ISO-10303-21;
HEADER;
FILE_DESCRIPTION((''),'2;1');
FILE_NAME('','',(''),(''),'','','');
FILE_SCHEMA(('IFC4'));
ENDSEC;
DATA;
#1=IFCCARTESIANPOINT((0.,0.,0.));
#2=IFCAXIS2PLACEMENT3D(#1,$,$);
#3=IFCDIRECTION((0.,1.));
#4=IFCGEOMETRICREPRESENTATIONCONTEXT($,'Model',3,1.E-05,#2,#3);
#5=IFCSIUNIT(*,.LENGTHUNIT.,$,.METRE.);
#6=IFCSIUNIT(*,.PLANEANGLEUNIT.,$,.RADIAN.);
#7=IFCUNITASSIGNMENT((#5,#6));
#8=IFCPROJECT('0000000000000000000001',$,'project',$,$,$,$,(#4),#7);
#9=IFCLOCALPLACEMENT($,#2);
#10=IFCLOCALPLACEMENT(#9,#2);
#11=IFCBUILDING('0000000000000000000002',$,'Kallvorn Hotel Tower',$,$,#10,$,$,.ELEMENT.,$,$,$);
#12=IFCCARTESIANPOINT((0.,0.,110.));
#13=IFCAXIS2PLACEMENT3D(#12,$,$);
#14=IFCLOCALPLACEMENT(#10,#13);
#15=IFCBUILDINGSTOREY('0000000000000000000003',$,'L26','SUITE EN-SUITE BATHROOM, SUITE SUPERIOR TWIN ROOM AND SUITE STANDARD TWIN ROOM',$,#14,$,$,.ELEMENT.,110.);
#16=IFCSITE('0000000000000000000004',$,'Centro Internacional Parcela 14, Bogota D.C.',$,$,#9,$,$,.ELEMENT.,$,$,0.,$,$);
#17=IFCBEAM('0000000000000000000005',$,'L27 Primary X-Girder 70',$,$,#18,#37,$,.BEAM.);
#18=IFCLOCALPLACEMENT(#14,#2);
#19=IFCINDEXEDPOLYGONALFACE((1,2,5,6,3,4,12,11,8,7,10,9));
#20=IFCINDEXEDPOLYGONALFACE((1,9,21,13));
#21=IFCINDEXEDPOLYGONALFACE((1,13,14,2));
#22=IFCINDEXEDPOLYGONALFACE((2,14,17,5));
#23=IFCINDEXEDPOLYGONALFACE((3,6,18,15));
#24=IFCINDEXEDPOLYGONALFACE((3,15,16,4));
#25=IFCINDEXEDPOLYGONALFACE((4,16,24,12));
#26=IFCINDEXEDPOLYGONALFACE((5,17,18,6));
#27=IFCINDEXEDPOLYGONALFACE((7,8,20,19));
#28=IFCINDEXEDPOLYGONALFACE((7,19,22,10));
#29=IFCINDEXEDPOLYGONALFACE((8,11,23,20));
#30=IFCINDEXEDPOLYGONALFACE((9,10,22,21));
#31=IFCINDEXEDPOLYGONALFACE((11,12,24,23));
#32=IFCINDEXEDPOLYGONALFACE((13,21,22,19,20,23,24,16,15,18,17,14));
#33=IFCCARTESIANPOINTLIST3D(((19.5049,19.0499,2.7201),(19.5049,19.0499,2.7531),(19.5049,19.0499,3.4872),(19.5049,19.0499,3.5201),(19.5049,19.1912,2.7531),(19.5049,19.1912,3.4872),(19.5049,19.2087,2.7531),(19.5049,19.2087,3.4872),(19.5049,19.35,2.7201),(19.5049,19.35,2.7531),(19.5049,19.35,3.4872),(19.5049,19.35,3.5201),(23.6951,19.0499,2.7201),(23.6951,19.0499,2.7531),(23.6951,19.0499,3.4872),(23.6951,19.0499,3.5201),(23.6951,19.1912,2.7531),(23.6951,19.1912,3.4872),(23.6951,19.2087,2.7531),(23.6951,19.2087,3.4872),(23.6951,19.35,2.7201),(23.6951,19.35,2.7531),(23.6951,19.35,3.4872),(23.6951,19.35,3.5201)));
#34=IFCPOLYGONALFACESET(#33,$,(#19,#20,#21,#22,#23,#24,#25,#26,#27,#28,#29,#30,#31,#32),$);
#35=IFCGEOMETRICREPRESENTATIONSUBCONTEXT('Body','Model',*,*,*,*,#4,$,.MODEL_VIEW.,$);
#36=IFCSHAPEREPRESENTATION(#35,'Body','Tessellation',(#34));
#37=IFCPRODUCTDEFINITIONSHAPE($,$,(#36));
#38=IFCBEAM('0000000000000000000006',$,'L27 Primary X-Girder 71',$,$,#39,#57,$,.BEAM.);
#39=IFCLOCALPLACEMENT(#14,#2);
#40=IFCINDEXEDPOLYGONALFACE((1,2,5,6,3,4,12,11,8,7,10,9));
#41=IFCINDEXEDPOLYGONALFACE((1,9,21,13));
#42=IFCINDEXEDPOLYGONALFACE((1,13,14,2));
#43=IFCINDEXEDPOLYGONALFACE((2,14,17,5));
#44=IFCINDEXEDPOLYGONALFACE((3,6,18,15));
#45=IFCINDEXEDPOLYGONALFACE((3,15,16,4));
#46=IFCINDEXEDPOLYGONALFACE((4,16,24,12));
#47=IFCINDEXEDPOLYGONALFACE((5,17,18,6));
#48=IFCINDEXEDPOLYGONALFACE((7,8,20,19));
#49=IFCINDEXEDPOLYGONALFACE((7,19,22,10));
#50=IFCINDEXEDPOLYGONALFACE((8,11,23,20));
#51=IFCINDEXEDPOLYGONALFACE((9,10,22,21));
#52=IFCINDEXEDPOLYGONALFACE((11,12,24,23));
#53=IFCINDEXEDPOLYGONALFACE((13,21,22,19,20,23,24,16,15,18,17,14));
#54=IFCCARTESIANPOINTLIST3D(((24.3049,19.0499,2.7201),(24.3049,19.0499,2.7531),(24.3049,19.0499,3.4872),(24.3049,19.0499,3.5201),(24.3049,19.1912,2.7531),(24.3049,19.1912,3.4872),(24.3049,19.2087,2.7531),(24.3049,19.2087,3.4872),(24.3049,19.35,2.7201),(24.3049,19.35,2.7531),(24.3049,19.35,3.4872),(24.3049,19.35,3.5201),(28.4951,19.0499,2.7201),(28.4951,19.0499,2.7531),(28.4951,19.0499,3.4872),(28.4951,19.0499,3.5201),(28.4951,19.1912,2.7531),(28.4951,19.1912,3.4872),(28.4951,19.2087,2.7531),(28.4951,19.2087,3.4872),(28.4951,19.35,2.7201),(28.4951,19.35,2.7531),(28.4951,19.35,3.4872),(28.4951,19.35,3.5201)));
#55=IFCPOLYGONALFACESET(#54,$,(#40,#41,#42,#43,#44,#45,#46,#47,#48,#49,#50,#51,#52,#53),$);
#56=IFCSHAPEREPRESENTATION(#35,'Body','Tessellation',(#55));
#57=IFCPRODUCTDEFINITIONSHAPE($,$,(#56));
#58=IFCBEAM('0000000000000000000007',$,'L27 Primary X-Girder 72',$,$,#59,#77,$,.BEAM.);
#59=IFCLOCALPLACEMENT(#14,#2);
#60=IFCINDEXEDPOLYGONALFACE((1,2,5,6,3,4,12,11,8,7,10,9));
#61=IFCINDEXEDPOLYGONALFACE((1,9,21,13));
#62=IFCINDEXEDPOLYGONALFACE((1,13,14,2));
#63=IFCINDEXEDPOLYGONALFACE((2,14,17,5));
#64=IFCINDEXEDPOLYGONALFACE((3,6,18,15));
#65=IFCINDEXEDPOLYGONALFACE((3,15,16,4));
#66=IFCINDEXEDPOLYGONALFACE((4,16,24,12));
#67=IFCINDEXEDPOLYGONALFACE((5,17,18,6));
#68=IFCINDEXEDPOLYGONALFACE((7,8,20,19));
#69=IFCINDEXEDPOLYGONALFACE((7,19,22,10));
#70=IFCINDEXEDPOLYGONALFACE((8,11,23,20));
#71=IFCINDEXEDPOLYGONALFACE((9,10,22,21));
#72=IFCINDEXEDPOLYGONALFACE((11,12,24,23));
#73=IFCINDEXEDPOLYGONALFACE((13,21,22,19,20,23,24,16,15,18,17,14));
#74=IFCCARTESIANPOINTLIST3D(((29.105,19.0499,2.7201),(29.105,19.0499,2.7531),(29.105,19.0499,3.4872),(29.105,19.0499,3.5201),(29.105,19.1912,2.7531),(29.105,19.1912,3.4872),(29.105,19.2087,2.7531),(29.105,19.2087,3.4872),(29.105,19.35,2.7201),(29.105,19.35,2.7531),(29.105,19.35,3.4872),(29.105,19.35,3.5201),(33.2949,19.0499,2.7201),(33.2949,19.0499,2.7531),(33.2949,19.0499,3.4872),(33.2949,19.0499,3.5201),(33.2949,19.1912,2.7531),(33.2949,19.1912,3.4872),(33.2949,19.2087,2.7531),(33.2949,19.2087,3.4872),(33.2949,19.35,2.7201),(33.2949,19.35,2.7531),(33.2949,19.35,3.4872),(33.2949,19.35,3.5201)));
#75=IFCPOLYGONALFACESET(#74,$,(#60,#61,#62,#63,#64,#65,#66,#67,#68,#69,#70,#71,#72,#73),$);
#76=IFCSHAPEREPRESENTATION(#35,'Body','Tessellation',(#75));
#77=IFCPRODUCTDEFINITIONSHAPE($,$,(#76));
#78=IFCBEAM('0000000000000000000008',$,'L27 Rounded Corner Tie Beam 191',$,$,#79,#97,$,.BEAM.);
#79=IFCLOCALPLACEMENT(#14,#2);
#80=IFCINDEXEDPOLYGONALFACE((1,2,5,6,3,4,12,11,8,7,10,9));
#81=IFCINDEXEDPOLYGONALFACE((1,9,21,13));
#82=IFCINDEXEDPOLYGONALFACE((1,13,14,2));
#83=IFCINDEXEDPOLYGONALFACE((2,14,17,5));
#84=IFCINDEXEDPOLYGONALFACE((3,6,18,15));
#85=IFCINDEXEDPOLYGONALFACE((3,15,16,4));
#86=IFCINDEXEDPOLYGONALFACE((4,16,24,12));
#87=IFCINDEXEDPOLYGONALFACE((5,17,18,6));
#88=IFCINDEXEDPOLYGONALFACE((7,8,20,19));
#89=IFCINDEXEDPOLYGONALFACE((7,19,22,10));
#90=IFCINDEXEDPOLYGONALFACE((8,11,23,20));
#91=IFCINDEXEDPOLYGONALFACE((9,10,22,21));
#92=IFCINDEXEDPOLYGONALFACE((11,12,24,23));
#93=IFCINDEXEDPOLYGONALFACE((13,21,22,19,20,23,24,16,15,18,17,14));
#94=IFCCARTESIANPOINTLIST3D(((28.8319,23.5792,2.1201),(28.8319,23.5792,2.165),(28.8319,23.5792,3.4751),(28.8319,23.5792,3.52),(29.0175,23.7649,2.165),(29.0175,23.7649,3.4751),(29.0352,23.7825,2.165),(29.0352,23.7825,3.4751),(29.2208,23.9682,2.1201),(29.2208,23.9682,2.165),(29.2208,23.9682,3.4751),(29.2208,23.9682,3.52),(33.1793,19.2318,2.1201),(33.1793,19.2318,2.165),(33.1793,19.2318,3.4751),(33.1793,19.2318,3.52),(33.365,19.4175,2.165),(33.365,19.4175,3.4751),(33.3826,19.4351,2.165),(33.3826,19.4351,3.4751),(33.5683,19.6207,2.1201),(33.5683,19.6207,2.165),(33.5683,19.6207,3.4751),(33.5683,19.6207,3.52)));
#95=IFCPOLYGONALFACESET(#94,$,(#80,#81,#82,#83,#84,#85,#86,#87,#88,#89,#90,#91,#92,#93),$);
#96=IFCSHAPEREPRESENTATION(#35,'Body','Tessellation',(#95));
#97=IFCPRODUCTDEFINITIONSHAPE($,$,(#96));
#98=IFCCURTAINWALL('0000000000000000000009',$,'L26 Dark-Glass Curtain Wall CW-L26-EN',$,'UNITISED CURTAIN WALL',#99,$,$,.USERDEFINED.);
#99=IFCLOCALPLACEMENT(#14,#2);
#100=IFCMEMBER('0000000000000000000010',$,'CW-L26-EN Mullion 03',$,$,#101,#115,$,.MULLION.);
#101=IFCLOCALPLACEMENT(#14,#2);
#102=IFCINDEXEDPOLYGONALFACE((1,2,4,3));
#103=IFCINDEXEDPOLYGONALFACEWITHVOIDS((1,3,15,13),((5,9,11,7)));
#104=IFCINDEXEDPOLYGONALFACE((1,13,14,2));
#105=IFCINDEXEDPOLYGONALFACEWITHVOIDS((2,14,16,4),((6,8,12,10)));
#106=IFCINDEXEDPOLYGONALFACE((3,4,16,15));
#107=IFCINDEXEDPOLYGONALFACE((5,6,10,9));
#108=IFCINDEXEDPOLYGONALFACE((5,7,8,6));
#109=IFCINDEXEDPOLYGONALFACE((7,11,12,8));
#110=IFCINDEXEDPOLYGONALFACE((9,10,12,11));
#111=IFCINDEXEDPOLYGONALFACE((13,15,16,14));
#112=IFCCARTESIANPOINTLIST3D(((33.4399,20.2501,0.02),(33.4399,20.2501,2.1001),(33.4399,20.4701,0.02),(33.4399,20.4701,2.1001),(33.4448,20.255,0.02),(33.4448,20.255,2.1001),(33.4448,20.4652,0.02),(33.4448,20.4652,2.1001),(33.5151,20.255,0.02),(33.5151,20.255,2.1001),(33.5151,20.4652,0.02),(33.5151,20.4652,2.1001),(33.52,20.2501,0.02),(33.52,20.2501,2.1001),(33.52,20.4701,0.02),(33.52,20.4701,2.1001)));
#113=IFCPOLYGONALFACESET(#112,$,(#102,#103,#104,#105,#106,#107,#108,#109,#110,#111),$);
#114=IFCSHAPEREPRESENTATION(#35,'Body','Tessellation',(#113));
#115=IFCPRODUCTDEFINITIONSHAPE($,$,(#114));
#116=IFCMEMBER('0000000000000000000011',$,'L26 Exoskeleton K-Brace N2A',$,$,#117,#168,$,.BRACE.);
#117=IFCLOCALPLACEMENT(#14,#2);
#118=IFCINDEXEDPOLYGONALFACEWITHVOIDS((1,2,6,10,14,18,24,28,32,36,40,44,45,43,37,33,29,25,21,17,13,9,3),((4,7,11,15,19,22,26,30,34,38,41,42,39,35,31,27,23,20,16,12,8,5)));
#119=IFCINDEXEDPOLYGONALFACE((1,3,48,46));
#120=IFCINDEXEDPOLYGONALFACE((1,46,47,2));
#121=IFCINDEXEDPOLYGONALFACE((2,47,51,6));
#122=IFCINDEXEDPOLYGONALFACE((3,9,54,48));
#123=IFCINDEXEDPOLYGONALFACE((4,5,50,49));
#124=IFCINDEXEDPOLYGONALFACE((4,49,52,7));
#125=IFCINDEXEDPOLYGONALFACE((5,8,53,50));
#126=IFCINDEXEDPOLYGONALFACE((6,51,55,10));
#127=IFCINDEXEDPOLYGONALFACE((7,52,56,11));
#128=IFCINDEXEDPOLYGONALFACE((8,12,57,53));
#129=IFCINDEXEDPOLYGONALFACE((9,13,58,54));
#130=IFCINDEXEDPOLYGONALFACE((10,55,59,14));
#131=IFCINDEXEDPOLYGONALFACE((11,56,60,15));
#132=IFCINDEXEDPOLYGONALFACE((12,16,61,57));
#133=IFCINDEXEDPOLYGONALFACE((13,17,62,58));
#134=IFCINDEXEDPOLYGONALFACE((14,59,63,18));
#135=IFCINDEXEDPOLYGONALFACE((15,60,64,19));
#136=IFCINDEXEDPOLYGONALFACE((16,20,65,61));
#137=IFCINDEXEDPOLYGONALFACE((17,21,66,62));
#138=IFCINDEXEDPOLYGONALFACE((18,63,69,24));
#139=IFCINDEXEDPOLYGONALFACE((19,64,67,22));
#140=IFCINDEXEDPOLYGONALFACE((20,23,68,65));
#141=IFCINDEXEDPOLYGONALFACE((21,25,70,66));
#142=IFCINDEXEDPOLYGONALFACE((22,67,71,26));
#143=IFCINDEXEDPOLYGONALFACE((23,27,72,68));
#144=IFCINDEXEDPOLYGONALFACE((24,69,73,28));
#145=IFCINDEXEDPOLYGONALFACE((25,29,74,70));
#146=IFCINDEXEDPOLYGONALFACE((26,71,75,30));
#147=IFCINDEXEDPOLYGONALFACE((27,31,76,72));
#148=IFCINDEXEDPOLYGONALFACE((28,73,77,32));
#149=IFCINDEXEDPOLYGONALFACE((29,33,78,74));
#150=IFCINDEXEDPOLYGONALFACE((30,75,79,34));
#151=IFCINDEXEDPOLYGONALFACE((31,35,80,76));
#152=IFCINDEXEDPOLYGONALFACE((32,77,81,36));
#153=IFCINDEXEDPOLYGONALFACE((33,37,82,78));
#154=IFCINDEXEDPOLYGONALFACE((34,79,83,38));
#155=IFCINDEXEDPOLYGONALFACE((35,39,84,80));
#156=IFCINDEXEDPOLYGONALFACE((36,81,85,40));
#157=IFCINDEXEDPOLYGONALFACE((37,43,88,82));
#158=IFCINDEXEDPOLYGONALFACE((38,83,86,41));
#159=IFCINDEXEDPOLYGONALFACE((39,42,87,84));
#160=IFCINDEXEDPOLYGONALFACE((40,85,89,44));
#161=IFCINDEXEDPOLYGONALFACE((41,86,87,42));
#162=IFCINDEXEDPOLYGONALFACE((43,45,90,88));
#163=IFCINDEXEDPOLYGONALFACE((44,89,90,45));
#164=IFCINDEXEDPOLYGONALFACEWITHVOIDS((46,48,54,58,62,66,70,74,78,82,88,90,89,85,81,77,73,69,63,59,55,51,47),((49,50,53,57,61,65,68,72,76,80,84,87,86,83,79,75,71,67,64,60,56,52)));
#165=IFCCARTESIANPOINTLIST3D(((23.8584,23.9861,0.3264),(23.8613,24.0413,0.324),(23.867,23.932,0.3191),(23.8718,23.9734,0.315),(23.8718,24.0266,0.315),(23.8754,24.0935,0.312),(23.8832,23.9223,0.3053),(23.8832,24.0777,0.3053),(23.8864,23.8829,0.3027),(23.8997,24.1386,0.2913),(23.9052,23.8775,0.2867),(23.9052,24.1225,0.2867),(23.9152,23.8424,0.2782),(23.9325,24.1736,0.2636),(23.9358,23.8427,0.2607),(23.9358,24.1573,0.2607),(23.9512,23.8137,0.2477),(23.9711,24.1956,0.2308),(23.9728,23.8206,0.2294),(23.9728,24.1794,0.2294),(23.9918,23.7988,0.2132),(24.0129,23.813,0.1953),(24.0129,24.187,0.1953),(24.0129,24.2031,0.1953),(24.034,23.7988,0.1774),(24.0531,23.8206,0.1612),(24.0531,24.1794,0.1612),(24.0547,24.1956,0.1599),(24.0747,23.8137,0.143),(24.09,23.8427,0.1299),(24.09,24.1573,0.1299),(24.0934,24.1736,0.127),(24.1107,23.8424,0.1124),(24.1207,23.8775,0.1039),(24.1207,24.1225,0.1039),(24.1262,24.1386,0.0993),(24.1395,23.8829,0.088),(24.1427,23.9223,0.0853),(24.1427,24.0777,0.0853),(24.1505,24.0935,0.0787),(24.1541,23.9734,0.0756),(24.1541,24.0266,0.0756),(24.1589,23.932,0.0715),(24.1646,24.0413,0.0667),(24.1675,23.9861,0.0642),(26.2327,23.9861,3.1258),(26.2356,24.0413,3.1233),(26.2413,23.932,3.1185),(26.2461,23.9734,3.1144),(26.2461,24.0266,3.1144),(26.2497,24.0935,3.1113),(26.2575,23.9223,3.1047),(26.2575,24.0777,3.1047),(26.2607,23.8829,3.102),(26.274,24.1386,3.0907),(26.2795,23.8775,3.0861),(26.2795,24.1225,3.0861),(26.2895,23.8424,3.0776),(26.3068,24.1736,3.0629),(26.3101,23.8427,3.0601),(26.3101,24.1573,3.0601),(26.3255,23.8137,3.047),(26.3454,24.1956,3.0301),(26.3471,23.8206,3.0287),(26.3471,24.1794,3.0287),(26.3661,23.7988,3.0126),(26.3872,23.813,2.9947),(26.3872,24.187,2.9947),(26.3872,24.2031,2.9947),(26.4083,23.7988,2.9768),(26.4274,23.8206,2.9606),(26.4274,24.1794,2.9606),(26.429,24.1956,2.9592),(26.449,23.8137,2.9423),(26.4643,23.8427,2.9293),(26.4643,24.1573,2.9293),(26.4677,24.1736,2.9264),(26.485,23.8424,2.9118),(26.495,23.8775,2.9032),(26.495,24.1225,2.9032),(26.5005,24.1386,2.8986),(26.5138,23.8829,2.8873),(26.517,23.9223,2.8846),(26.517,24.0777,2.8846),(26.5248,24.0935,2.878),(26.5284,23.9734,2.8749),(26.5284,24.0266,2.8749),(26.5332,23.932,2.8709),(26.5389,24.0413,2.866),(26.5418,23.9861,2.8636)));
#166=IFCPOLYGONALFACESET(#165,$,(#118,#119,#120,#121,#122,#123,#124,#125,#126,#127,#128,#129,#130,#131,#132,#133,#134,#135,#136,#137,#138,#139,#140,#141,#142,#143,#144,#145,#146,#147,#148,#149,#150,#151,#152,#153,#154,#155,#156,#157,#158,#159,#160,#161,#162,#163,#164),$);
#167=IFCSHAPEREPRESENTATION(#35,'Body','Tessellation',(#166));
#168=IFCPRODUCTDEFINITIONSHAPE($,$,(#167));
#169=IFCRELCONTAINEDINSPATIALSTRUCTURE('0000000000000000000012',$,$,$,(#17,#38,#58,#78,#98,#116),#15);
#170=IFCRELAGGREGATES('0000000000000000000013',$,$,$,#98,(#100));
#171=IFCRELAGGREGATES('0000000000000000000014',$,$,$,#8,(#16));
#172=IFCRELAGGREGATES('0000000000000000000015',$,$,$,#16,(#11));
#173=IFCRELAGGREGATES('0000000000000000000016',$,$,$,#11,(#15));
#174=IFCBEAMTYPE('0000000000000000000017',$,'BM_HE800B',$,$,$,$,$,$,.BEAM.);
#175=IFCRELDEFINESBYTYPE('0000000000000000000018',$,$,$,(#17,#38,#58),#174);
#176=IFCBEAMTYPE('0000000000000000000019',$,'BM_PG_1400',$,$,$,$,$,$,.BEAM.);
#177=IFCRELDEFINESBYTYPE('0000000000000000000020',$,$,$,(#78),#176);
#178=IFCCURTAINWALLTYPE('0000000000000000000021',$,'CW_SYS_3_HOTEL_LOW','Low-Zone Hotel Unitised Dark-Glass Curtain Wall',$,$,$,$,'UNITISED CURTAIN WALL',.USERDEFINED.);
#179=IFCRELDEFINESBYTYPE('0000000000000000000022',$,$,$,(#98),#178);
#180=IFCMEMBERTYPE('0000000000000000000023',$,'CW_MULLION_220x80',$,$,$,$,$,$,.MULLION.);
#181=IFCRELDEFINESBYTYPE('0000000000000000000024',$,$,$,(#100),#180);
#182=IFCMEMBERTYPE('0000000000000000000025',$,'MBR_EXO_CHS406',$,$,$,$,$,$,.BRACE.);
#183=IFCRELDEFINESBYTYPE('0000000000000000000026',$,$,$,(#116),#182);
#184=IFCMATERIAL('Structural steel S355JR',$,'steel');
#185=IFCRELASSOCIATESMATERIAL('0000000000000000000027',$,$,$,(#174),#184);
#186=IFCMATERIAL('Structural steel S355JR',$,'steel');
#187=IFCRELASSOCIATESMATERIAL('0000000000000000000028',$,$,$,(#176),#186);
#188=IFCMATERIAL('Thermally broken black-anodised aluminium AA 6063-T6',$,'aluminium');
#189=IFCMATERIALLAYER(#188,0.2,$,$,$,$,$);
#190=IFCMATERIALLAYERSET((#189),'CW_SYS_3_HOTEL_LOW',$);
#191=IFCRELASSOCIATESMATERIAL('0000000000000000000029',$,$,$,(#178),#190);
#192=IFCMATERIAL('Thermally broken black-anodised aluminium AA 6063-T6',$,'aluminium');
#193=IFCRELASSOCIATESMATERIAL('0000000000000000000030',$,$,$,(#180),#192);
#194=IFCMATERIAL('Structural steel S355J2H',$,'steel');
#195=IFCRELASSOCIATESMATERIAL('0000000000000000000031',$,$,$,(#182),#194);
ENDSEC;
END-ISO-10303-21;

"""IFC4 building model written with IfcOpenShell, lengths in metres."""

from ifc_helpers import new_model, si_unit, direction, frame, origin, origin_2d, place, context, subcontext, project, spatial, hollow_rectangle, hollow_circle, i_section, extrude, material, layer, layer_set, material_profile, profile_set, type_object, element, aggregate, save


model = new_model("IFC4")

# Units and contexts
model_context = context("Model", 3, precision=1e-05, world=origin(), true_north=direction((0.0, 1.0)))
body_context = subcontext(model_context, "Body", "Model", "MODEL_VIEW")
ifc_project = project(units=[si_unit("LENGTHUNIT", "METRE"), si_unit("PLANEANGLEUNIT", "RADIAN")], contexts=[model_context])

# Site, building, storey
site_placement = place(None, origin())
site = spatial("IfcSite", under=ifc_project, at=site_placement, Name="Centro Internacional Parcela 14, Bogota D.C.", CompositionType="ELEMENT", RefElevation=0.0)
building_placement = place(site_placement, origin())
building = spatial("IfcBuilding", under=site, at=building_placement, Name="Kallvorn Hotel Tower", CompositionType="ELEMENT")
storey_placement = place(building_placement, frame((0.0, 0.0, 110.0)))
storey = spatial("IfcBuildingStorey", under=building, at=storey_placement, Name="L26", Description="SUITE EN-SUITE BATHROOM, SUITE SUPERIOR TWIN ROOM AND SUITE STANDARD TWIN ROOM", CompositionType="ELEMENT", Elevation=110.0)

# Beams
ifc_material_1 = material(Name="Structural steel S355JR", Category="steel")
ifc_material_profile_1 = material_profile(ifc_material_1, i_section(OverallWidth=0.3, OverallDepth=0.8, WebThickness=0.0176, FlangeThickness=0.033, at=origin_2d()), Name="HE 800 B")
ifc_profile_set_1 = profile_set([ifc_material_profile_1], Name="Structural steel S355JR")
beam_type_1 = type_object("IfcBeamType", Name="BM_HE800B", PredefinedType="BEAM", material=ifc_profile_set_1)
for number, where, z_axis, x_axis, name in (
    (1, (19.5049, 19.2, 3.1201), (1.0, 0.0, 0.0), (0.0, 1.0, 0.0), "L27 Primary X-Girder 70"),
    (2, (24.3049, 19.2, 3.1201), (1.0, 0.0, 0.0), (0.0, 1.0, 0.0), "L27 Primary X-Girder 71"),
):
    element("IfcBeam", number, at=place(storey_placement, frame(where, z_axis=z_axis, x_axis=x_axis)), inside=storey, type_object=beam_type_1, Name=name, PredefinedType="BEAM", context=body_context, shape_type="SweptSolid", body=[
        extrude(i_section(OverallWidth=0.3, OverallDepth=0.8, WebThickness=0.0176, FlangeThickness=0.033, at=origin_2d()), origin(), (0.0, 0.0, 1.0), 4.1902),
    ])
beam_1_placement = place(storey_placement, frame((29.105, 19.2, 3.1201), z_axis=(1.0, 0.0, 0.0), x_axis=(0.0, 1.0, 0.0)))
element("IfcBeam", 3, at=beam_1_placement, inside=storey, type_object=beam_type_1, Name="L27 Primary X-Girder 72", PredefinedType="BEAM", context=body_context, shape_type="SweptSolid", body=[
    extrude(i_section(OverallWidth=0.3, OverallDepth=0.8, WebThickness=0.0176, FlangeThickness=0.033, at=origin_2d()), origin(), (0.0, 0.0, 1.0), 4.1899),
])
ifc_material_2 = material(Name="Structural steel S355JR", Category="steel")
ifc_material_profile_2 = material_profile(ifc_material_2, i_section(OverallWidth=0.55, OverallDepth=1.3999, WebThickness=0.0249, FlangeThickness=0.0449, at=origin_2d()), Name="PG 1400x550x25x45")
ifc_profile_set_2 = profile_set([ifc_material_profile_2], Name="Structural steel S355JR")
beam_type_2 = type_object("IfcBeamType", Name="BM_PG_1400", PredefinedType="BEAM", material=ifc_profile_set_2)
beam_2_placement = place(storey_placement, frame((33.3738, 19.4263, 2.8201), z_axis=(-0.707107, 0.707107, 0.0), x_axis=(-0.707107, -0.707107, 0.0)))
element("IfcBeam", 4, at=beam_2_placement, inside=storey, type_object=beam_type_2, Name="L27 Rounded Corner Tie Beam 191", PredefinedType="BEAM", context=body_context, shape_type="SweptSolid", body=[
    extrude(i_section(OverallWidth=0.55, OverallDepth=1.3999, WebThickness=0.0249, FlangeThickness=0.0449, at=origin_2d()), origin(), (0.0, 0.0, 1.0), 6.1482),
])

# Curtain wall, member
ifc_material_3 = material(Name="Thermally broken black-anodised aluminium AA 6063-T6", Category="aluminium")
ifc_layer_1 = layer(ifc_material_3, 0.2)
ifc_layer_set_1 = layer_set([ifc_layer_1], Name="CW_SYS_3_HOTEL_LOW")
curtain_wall_type = type_object("IfcCurtainWallType", Name="CW_SYS_3_HOTEL_LOW", Description="Low-Zone Hotel Unitised Dark-Glass Curtain Wall", ElementType="UNITISED CURTAIN WALL", PredefinedType="USERDEFINED", material=ifc_layer_set_1)
curtain_wall_placement = place(storey_placement, origin())
curtain_wall = element("IfcCurtainWall", 5, at=curtain_wall_placement, inside=storey, type_object=curtain_wall_type, Name="L26 Dark-Glass Curtain Wall CW-L26-EN", ObjectType="UNITISED CURTAIN WALL", PredefinedType="USERDEFINED")
ifc_material_4 = material(Name="Thermally broken black-anodised aluminium AA 6063-T6", Category="aluminium")
ifc_material_profile_3 = material_profile(ifc_material_4, hollow_rectangle(XDim=0.0801, YDim=0.22, WallThickness=0.0049, at=origin_2d()), Name="MUL 220x80")
ifc_profile_set_3 = profile_set([ifc_material_profile_3], Name="Thermally broken black-anodised aluminium AA 6063-T6")
member_type_1 = type_object("IfcMemberType", Name="CW_MULLION_220x80", PredefinedType="MULLION", material=ifc_profile_set_3)
member_placement = place(storey_placement, frame((33.48, 20.3601, 0.02), z_axis=(0.0, 0.0, 1.0), x_axis=(1.0, 0.0, 0.0)))
member = element("IfcMember", 6, at=member_placement, type_object=member_type_1, Name="CW-L26-EN Mullion 03", PredefinedType="MULLION", context=body_context, shape_type="SweptSolid", body=[
    extrude(hollow_rectangle(XDim=0.0801, YDim=0.22, WallThickness=0.0049, at=origin_2d()), origin(), (0.0, 0.0, 1.0), 2.0801),
])

# Member
ifc_material_5 = material(Name="Structural steel S355J2H", Category="steel")
ifc_material_profile_4 = material_profile(ifc_material_5, hollow_circle(Radius=0.2031, WallThickness=0.0161, at=origin_2d()), Name="CHS 406.4x16")
ifc_profile_set_4 = profile_set([ifc_material_profile_4], Name="Structural steel S355J2H")
member_type_2 = type_object("IfcMemberType", Name="MBR_EXO_CHS406", PredefinedType="BRACE", material=ifc_profile_set_4)
for number, where, z_axis, x_axis, name in (
    (7, (24.0129, 24.0, 0.1953), (0.646833, 0.0, 0.762631), (0.0, 1.0, 0.0), "L26 Exoskeleton K-Brace N2A"),
):
    element("IfcMember", number, at=place(storey_placement, frame(where, z_axis=z_axis, x_axis=x_axis)), inside=storey, type_object=member_type_2, Name=name, PredefinedType="BRACE", context=body_context, shape_type="SweptSolid", body=[
        extrude(hollow_circle(Radius=0.2031, WallThickness=0.0161, at=origin_2d()), origin(), (0.0, 0.0, 1.0), 3.6707),
    ])

aggregate(curtain_wall, [member])

save(model, "model.ifc")
